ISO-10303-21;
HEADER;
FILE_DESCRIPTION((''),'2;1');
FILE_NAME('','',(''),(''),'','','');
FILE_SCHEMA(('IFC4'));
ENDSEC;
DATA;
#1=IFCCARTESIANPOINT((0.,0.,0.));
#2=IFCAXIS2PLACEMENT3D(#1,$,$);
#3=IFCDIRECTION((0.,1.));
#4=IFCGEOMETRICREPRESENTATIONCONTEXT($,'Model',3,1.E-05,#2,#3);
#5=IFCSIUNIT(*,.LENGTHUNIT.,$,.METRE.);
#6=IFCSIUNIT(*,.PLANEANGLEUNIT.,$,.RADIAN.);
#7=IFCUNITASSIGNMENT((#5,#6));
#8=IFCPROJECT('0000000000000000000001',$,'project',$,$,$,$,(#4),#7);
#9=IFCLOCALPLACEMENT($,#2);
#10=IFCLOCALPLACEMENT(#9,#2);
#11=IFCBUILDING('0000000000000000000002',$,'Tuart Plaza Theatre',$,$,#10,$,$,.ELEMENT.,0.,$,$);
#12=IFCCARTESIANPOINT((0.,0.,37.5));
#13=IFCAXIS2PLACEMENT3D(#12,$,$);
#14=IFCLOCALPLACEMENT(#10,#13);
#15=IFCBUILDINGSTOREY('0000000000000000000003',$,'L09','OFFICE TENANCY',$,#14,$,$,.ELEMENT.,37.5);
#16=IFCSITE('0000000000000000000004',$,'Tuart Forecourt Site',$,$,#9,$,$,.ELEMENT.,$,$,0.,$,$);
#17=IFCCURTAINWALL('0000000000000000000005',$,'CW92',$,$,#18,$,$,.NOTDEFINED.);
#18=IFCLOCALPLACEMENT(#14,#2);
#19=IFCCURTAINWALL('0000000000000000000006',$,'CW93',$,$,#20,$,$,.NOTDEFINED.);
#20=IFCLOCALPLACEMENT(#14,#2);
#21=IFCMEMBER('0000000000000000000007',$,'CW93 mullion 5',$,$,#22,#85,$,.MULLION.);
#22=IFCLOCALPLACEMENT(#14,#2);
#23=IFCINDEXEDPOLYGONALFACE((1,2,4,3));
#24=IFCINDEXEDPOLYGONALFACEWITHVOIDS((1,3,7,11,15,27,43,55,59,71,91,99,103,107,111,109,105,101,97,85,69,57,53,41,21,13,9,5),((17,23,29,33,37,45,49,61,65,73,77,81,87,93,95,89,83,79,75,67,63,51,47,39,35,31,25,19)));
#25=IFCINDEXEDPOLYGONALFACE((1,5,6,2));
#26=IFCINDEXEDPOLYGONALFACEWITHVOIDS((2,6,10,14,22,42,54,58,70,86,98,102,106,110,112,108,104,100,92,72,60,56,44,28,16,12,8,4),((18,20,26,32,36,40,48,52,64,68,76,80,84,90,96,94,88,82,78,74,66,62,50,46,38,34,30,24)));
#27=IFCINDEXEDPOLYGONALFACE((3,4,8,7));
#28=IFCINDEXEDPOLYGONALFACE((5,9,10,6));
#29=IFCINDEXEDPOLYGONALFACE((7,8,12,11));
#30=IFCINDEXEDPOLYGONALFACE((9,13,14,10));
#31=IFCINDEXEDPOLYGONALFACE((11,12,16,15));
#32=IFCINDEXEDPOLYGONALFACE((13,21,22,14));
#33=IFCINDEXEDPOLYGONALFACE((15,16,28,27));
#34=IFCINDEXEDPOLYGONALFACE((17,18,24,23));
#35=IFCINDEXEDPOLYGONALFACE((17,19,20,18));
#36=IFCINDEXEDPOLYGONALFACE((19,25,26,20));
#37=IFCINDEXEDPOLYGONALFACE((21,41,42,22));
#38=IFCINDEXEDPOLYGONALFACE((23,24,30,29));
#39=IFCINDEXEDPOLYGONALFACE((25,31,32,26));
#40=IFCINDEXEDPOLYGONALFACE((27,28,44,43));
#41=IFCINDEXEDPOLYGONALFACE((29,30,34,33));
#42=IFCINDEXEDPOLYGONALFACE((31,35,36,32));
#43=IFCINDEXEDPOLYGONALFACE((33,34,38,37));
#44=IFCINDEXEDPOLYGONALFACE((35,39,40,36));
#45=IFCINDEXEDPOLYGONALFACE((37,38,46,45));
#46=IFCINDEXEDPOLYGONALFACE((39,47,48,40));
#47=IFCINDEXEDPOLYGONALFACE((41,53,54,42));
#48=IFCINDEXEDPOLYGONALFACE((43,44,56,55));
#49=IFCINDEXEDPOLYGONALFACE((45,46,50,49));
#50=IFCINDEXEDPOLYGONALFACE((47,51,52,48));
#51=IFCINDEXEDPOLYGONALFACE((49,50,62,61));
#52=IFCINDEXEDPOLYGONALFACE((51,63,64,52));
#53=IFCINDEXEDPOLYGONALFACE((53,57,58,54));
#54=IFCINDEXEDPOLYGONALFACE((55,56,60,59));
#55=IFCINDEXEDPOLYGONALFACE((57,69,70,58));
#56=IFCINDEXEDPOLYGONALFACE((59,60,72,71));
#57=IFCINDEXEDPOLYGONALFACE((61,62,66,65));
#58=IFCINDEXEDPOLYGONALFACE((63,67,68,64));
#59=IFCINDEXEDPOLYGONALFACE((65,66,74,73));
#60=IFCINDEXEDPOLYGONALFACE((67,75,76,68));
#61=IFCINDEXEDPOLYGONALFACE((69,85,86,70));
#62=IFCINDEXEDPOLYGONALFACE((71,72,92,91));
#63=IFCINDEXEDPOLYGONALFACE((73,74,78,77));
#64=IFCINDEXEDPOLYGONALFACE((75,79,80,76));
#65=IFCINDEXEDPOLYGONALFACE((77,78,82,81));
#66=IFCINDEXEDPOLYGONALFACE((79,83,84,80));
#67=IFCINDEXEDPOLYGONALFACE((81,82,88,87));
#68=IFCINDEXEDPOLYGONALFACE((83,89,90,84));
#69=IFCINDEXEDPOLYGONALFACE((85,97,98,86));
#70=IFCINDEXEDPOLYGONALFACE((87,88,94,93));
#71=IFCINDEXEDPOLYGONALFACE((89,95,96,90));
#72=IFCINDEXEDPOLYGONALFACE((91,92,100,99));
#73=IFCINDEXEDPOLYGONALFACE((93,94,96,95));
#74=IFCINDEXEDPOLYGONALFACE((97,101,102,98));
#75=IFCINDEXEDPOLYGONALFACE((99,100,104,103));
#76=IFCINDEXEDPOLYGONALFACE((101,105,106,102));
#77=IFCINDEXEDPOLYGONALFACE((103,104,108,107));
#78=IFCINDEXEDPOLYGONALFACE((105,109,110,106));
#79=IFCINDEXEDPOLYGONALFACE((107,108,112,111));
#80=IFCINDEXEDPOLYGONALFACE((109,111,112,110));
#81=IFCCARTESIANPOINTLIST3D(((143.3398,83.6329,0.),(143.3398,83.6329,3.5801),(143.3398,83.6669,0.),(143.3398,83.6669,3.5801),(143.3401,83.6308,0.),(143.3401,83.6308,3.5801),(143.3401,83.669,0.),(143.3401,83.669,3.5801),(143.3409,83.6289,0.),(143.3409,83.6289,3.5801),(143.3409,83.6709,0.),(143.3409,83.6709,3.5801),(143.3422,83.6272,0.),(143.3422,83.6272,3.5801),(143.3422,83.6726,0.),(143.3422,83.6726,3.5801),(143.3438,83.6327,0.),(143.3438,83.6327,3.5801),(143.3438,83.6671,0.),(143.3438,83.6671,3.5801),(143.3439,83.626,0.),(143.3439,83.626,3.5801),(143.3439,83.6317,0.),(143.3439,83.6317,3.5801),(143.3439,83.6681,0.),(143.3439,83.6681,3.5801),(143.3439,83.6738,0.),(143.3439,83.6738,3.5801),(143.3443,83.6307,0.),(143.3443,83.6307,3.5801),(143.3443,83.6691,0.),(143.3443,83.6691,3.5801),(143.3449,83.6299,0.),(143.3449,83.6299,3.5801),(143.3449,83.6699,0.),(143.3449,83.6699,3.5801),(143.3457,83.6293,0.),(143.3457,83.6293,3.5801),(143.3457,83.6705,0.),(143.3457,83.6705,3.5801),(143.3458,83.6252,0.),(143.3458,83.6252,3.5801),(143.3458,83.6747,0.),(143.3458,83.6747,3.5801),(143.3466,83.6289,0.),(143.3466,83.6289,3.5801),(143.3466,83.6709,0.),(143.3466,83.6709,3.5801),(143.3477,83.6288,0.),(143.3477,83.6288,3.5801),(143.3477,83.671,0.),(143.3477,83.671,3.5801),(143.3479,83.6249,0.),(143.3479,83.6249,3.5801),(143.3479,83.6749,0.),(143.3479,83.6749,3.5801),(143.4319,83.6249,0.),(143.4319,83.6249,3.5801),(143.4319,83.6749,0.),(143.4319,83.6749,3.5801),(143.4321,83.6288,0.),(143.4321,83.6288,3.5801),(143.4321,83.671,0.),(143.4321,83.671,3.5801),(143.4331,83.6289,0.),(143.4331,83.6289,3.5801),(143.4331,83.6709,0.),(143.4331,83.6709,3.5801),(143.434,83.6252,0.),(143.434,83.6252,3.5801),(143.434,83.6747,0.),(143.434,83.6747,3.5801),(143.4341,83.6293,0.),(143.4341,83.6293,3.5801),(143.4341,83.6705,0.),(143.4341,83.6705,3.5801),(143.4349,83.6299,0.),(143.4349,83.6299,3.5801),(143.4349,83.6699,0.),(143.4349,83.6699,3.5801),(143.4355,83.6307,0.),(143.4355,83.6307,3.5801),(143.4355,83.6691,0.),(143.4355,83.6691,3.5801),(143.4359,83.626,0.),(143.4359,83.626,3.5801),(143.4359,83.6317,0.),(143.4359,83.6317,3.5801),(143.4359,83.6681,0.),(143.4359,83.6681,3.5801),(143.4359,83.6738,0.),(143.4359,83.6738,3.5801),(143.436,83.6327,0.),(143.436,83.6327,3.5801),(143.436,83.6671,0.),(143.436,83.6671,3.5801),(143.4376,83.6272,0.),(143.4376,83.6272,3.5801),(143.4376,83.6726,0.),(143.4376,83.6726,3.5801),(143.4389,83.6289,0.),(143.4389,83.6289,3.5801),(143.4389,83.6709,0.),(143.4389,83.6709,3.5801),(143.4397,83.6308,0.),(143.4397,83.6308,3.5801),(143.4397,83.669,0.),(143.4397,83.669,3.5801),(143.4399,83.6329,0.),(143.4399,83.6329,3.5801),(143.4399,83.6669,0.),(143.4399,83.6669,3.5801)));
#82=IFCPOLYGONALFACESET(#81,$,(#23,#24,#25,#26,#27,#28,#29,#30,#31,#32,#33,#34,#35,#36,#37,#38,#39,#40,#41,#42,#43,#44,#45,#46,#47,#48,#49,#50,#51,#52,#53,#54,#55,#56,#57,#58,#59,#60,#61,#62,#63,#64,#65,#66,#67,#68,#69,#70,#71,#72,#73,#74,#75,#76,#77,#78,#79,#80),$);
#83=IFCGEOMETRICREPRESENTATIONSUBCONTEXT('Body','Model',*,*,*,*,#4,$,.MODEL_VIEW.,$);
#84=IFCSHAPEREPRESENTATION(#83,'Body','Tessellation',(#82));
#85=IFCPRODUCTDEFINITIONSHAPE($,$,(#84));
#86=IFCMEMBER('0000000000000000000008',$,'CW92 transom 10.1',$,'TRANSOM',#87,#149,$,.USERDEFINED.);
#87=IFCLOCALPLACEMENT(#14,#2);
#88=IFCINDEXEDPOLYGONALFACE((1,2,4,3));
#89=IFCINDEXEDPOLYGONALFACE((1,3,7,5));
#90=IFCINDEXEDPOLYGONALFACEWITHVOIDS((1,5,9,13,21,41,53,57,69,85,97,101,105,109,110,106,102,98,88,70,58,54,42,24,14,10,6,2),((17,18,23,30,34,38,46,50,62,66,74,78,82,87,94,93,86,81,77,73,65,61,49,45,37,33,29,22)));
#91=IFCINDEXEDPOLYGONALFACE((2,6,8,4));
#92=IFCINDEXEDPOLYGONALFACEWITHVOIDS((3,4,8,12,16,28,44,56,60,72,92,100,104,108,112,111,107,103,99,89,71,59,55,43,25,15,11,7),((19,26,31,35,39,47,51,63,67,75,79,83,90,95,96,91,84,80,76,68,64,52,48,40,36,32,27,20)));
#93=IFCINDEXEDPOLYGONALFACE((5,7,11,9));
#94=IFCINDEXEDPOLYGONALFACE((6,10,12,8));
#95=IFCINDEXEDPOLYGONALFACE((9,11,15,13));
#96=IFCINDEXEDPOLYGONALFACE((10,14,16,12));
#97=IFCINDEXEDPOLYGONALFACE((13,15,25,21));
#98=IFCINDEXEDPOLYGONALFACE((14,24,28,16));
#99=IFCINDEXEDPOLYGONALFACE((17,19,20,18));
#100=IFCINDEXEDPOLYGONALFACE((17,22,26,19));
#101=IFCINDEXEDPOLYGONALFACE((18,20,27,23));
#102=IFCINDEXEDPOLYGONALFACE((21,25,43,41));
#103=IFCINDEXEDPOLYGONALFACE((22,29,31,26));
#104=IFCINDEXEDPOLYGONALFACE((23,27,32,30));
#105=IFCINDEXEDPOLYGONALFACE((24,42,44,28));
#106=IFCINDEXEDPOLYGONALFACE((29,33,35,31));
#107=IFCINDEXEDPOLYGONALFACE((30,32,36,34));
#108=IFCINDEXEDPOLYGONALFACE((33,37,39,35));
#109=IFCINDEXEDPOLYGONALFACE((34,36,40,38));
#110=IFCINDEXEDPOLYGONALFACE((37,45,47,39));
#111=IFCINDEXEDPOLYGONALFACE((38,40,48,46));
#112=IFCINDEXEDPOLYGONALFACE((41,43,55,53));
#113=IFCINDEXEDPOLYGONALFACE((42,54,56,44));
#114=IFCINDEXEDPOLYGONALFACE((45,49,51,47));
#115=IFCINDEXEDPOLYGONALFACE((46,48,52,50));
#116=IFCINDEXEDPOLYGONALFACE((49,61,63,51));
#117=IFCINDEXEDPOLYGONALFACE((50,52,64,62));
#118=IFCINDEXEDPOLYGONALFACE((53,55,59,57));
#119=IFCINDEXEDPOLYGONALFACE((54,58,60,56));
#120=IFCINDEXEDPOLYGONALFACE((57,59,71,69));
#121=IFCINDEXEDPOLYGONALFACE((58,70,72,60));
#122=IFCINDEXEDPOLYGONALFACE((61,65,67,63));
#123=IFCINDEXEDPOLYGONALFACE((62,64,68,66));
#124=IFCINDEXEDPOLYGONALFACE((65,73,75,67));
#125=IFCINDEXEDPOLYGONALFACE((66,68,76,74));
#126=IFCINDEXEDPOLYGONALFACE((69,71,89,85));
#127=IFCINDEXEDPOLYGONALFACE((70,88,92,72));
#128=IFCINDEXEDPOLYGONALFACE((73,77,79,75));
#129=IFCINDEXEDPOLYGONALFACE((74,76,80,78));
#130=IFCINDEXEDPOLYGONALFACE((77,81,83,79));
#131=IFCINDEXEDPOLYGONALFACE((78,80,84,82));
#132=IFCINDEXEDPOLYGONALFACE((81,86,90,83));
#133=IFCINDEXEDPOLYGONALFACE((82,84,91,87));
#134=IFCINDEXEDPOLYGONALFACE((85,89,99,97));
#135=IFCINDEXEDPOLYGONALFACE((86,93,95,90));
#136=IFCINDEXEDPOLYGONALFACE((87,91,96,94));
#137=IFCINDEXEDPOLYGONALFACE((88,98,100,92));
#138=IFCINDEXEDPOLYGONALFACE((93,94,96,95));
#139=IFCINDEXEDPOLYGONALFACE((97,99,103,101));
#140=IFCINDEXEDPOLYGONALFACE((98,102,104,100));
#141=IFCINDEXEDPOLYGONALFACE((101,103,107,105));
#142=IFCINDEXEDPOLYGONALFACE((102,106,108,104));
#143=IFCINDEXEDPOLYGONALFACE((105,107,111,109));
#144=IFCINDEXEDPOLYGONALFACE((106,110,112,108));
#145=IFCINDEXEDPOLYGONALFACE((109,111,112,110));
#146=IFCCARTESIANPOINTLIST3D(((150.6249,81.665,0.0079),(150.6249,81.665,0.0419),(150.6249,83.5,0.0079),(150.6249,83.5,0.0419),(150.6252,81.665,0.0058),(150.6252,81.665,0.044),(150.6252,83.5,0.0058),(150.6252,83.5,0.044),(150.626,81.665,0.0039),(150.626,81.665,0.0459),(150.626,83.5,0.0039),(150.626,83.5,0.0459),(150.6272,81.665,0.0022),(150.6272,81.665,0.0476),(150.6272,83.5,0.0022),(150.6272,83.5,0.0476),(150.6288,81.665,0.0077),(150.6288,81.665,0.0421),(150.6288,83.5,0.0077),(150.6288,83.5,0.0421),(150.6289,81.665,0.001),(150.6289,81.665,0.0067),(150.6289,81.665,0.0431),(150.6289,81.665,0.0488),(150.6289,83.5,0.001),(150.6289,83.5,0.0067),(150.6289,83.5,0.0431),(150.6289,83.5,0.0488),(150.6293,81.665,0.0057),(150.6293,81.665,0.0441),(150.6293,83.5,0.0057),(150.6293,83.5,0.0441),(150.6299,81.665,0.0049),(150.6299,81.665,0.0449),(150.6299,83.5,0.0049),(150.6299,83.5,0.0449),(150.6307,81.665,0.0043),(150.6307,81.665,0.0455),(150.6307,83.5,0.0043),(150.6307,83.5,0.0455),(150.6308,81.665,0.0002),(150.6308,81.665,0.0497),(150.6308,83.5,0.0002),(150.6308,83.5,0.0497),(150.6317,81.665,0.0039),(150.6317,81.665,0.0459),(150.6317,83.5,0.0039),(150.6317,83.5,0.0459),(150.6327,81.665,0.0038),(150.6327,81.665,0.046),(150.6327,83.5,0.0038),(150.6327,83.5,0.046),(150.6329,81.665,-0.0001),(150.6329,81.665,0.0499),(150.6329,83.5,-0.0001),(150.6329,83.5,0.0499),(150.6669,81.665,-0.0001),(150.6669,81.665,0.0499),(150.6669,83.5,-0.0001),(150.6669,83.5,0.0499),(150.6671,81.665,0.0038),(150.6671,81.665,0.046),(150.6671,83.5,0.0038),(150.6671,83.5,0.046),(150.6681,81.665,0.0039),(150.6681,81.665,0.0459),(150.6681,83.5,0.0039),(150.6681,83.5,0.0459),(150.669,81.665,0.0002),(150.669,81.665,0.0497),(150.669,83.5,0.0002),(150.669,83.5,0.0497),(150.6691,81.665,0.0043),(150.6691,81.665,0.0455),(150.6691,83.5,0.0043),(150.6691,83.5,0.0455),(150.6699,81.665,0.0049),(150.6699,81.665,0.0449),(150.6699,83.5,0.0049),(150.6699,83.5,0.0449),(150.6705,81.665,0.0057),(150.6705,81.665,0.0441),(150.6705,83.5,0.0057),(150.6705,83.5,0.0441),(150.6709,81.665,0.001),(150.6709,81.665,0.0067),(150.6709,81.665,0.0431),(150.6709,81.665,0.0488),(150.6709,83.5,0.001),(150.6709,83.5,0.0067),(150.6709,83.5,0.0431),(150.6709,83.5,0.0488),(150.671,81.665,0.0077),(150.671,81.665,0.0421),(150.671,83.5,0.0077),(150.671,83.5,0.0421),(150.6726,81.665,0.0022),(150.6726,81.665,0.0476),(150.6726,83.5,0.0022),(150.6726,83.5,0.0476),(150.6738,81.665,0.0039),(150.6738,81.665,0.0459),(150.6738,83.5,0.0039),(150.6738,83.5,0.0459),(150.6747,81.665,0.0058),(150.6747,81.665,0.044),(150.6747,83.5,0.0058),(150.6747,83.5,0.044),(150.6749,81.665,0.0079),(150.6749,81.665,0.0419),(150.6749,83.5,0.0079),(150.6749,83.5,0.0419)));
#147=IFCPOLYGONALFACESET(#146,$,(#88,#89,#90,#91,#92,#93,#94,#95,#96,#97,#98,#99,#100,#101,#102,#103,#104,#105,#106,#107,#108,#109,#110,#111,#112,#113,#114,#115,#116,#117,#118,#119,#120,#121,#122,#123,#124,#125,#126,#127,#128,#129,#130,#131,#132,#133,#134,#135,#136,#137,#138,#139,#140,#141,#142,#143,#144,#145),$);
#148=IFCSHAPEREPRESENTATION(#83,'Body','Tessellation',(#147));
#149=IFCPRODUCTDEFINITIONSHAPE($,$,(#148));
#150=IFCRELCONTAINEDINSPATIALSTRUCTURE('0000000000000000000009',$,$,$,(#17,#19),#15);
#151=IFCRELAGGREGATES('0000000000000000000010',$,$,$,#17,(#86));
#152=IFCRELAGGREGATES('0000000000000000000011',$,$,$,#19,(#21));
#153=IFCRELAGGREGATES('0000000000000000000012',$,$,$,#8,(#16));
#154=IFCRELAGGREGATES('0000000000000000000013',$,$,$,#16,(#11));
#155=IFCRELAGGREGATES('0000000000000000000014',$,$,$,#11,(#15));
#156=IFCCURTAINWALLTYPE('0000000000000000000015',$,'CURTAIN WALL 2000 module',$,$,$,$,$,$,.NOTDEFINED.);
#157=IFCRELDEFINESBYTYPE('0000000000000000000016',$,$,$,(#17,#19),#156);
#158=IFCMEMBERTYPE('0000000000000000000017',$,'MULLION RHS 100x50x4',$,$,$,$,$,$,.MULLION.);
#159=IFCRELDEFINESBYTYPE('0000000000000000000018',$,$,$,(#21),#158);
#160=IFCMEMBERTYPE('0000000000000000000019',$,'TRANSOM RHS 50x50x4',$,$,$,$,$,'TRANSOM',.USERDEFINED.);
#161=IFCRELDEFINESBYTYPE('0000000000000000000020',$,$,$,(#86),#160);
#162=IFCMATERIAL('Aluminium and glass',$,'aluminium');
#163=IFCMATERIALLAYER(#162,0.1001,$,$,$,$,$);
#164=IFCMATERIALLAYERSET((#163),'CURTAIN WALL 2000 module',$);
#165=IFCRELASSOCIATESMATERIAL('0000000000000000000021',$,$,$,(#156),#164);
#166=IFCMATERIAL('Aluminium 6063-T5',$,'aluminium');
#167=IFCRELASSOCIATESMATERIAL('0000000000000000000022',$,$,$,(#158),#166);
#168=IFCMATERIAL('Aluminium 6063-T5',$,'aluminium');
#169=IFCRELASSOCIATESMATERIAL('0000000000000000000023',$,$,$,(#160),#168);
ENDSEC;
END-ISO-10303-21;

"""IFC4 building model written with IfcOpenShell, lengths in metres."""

from ifc_helpers import new_model, si_unit, direction, frame, origin, origin_2d, place, context, subcontext, project, spatial, hollow_rectangle, extrude, material, layer, layer_set, material_profile, profile_set, type_object, element, aggregate, save


model = new_model("IFC4")

# Units and contexts
model_context = context("Model", 3, precision=1e-05, world=origin(), true_north=direction((0.0, 1.0)))
body_context = subcontext(model_context, "Body", "Model", "MODEL_VIEW")
ifc_project = project(units=[si_unit("LENGTHUNIT", "METRE"), si_unit("PLANEANGLEUNIT", "RADIAN")], contexts=[model_context])

# Site, building, storey
site_placement = place(None, origin())
site = spatial("IfcSite", under=ifc_project, at=site_placement, Name="Tuart Forecourt Site", CompositionType="ELEMENT", RefElevation=0.0)
building_placement = place(site_placement, origin())
building = spatial("IfcBuilding", under=site, at=building_placement, Name="Tuart Plaza Theatre", CompositionType="ELEMENT", ElevationOfRefHeight=0.0)
storey_placement = place(building_placement, frame((0.0, 0.0, 37.5)))
storey = spatial("IfcBuildingStorey", under=building, at=storey_placement, Name="L09", Description="OFFICE TENANCY", CompositionType="ELEMENT", Elevation=37.5)

# Curtain wall
ifc_material_1 = material(Name="Aluminium and glass", Category="aluminium")
ifc_layer_1 = layer(ifc_material_1, 0.1001)
ifc_layer_set_1 = layer_set([ifc_layer_1], Name="CURTAIN WALL 2000 module")
curtain_wall_type = type_object("IfcCurtainWallType", Name="CURTAIN WALL 2000 module", PredefinedType="NOTDEFINED", material=ifc_layer_set_1)
curtain_wall_1_placement = place(storey_placement, origin())
curtain_wall_1 = element("IfcCurtainWall", 1, at=curtain_wall_1_placement, inside=storey, type_object=curtain_wall_type, Name="CW92", PredefinedType="NOTDEFINED")
ifc_material_2 = material(Name="Aluminium 6063-T5", Category="aluminium")
ifc_material_profile_1 = material_profile(ifc_material_2, hollow_rectangle(XDim=0.05, YDim=0.1001, WallThickness=0.0039, InnerFilletRadius=0.0039, OuterFilletRadius=0.0081, at=origin_2d()), Name="RHS 100x50x4")
ifc_profile_set_1 = profile_set([ifc_material_profile_1], Name="Aluminium 6063-T5")
member_type_1 = type_object("IfcMemberType", Name="MULLION RHS 100x50x4", PredefinedType="MULLION", material=ifc_profile_set_1)

# Curtain wall, member
curtain_wall_2_placement = place(storey_placement, origin())
curtain_wall_2 = element("IfcCurtainWall", 2, at=curtain_wall_2_placement, inside=storey, type_object=curtain_wall_type, Name="CW93", PredefinedType="NOTDEFINED")
member_1_placement = place(storey_placement, frame((143.3899, 83.6499, 0.0), z_axis=(0.0, 0.0, 1.0), x_axis=(0.0, -1.0, 0.0)))
member_1 = element("IfcMember", 3, at=member_1_placement, type_object=member_type_1, Name="CW93 mullion 5", PredefinedType="MULLION", context=body_context, shape_type="SweptSolid", body=[
    extrude(hollow_rectangle(XDim=0.05, YDim=0.1001, WallThickness=0.0039, InnerFilletRadius=0.0039, OuterFilletRadius=0.0081, at=origin_2d()), origin(), (0.0, 0.0, 1.0), 3.5801),
])

# Member
ifc_material_3 = material(Name="Aluminium 6063-T5", Category="aluminium")
ifc_material_profile_2 = material_profile(ifc_material_3, hollow_rectangle(XDim=0.05, YDim=0.05, WallThickness=0.0039, InnerFilletRadius=0.0039, OuterFilletRadius=0.0081, at=origin_2d()), Name="RHS 50x50x4")
ifc_profile_set_2 = profile_set([ifc_material_profile_2], Name="Aluminium 6063-T5")
member_type_2 = type_object("IfcMemberType", Name="TRANSOM RHS 50x50x4", ElementType="TRANSOM", PredefinedType="USERDEFINED", material=ifc_profile_set_2)
member_2_placement = place(storey_placement, frame((150.6499, 81.665, 0.0249), z_axis=(0.0, 1.0, 0.0), x_axis=(-1.0, 0.0, 0.0)))
member_2 = element("IfcMember", 4, at=member_2_placement, type_object=member_type_2, Name="CW92 transom 10.1", ObjectType="TRANSOM", PredefinedType="USERDEFINED", context=body_context, shape_type="SweptSolid", body=[
    extrude(hollow_rectangle(XDim=0.05, YDim=0.05, WallThickness=0.0039, InnerFilletRadius=0.0039, OuterFilletRadius=0.0081, at=origin_2d()), origin(), (0.0, 0.0, 1.0), 1.835),
])

aggregate(curtain_wall_1, [member_2])
aggregate(curtain_wall_2, [member_1])

save(model, "model.ifc")
